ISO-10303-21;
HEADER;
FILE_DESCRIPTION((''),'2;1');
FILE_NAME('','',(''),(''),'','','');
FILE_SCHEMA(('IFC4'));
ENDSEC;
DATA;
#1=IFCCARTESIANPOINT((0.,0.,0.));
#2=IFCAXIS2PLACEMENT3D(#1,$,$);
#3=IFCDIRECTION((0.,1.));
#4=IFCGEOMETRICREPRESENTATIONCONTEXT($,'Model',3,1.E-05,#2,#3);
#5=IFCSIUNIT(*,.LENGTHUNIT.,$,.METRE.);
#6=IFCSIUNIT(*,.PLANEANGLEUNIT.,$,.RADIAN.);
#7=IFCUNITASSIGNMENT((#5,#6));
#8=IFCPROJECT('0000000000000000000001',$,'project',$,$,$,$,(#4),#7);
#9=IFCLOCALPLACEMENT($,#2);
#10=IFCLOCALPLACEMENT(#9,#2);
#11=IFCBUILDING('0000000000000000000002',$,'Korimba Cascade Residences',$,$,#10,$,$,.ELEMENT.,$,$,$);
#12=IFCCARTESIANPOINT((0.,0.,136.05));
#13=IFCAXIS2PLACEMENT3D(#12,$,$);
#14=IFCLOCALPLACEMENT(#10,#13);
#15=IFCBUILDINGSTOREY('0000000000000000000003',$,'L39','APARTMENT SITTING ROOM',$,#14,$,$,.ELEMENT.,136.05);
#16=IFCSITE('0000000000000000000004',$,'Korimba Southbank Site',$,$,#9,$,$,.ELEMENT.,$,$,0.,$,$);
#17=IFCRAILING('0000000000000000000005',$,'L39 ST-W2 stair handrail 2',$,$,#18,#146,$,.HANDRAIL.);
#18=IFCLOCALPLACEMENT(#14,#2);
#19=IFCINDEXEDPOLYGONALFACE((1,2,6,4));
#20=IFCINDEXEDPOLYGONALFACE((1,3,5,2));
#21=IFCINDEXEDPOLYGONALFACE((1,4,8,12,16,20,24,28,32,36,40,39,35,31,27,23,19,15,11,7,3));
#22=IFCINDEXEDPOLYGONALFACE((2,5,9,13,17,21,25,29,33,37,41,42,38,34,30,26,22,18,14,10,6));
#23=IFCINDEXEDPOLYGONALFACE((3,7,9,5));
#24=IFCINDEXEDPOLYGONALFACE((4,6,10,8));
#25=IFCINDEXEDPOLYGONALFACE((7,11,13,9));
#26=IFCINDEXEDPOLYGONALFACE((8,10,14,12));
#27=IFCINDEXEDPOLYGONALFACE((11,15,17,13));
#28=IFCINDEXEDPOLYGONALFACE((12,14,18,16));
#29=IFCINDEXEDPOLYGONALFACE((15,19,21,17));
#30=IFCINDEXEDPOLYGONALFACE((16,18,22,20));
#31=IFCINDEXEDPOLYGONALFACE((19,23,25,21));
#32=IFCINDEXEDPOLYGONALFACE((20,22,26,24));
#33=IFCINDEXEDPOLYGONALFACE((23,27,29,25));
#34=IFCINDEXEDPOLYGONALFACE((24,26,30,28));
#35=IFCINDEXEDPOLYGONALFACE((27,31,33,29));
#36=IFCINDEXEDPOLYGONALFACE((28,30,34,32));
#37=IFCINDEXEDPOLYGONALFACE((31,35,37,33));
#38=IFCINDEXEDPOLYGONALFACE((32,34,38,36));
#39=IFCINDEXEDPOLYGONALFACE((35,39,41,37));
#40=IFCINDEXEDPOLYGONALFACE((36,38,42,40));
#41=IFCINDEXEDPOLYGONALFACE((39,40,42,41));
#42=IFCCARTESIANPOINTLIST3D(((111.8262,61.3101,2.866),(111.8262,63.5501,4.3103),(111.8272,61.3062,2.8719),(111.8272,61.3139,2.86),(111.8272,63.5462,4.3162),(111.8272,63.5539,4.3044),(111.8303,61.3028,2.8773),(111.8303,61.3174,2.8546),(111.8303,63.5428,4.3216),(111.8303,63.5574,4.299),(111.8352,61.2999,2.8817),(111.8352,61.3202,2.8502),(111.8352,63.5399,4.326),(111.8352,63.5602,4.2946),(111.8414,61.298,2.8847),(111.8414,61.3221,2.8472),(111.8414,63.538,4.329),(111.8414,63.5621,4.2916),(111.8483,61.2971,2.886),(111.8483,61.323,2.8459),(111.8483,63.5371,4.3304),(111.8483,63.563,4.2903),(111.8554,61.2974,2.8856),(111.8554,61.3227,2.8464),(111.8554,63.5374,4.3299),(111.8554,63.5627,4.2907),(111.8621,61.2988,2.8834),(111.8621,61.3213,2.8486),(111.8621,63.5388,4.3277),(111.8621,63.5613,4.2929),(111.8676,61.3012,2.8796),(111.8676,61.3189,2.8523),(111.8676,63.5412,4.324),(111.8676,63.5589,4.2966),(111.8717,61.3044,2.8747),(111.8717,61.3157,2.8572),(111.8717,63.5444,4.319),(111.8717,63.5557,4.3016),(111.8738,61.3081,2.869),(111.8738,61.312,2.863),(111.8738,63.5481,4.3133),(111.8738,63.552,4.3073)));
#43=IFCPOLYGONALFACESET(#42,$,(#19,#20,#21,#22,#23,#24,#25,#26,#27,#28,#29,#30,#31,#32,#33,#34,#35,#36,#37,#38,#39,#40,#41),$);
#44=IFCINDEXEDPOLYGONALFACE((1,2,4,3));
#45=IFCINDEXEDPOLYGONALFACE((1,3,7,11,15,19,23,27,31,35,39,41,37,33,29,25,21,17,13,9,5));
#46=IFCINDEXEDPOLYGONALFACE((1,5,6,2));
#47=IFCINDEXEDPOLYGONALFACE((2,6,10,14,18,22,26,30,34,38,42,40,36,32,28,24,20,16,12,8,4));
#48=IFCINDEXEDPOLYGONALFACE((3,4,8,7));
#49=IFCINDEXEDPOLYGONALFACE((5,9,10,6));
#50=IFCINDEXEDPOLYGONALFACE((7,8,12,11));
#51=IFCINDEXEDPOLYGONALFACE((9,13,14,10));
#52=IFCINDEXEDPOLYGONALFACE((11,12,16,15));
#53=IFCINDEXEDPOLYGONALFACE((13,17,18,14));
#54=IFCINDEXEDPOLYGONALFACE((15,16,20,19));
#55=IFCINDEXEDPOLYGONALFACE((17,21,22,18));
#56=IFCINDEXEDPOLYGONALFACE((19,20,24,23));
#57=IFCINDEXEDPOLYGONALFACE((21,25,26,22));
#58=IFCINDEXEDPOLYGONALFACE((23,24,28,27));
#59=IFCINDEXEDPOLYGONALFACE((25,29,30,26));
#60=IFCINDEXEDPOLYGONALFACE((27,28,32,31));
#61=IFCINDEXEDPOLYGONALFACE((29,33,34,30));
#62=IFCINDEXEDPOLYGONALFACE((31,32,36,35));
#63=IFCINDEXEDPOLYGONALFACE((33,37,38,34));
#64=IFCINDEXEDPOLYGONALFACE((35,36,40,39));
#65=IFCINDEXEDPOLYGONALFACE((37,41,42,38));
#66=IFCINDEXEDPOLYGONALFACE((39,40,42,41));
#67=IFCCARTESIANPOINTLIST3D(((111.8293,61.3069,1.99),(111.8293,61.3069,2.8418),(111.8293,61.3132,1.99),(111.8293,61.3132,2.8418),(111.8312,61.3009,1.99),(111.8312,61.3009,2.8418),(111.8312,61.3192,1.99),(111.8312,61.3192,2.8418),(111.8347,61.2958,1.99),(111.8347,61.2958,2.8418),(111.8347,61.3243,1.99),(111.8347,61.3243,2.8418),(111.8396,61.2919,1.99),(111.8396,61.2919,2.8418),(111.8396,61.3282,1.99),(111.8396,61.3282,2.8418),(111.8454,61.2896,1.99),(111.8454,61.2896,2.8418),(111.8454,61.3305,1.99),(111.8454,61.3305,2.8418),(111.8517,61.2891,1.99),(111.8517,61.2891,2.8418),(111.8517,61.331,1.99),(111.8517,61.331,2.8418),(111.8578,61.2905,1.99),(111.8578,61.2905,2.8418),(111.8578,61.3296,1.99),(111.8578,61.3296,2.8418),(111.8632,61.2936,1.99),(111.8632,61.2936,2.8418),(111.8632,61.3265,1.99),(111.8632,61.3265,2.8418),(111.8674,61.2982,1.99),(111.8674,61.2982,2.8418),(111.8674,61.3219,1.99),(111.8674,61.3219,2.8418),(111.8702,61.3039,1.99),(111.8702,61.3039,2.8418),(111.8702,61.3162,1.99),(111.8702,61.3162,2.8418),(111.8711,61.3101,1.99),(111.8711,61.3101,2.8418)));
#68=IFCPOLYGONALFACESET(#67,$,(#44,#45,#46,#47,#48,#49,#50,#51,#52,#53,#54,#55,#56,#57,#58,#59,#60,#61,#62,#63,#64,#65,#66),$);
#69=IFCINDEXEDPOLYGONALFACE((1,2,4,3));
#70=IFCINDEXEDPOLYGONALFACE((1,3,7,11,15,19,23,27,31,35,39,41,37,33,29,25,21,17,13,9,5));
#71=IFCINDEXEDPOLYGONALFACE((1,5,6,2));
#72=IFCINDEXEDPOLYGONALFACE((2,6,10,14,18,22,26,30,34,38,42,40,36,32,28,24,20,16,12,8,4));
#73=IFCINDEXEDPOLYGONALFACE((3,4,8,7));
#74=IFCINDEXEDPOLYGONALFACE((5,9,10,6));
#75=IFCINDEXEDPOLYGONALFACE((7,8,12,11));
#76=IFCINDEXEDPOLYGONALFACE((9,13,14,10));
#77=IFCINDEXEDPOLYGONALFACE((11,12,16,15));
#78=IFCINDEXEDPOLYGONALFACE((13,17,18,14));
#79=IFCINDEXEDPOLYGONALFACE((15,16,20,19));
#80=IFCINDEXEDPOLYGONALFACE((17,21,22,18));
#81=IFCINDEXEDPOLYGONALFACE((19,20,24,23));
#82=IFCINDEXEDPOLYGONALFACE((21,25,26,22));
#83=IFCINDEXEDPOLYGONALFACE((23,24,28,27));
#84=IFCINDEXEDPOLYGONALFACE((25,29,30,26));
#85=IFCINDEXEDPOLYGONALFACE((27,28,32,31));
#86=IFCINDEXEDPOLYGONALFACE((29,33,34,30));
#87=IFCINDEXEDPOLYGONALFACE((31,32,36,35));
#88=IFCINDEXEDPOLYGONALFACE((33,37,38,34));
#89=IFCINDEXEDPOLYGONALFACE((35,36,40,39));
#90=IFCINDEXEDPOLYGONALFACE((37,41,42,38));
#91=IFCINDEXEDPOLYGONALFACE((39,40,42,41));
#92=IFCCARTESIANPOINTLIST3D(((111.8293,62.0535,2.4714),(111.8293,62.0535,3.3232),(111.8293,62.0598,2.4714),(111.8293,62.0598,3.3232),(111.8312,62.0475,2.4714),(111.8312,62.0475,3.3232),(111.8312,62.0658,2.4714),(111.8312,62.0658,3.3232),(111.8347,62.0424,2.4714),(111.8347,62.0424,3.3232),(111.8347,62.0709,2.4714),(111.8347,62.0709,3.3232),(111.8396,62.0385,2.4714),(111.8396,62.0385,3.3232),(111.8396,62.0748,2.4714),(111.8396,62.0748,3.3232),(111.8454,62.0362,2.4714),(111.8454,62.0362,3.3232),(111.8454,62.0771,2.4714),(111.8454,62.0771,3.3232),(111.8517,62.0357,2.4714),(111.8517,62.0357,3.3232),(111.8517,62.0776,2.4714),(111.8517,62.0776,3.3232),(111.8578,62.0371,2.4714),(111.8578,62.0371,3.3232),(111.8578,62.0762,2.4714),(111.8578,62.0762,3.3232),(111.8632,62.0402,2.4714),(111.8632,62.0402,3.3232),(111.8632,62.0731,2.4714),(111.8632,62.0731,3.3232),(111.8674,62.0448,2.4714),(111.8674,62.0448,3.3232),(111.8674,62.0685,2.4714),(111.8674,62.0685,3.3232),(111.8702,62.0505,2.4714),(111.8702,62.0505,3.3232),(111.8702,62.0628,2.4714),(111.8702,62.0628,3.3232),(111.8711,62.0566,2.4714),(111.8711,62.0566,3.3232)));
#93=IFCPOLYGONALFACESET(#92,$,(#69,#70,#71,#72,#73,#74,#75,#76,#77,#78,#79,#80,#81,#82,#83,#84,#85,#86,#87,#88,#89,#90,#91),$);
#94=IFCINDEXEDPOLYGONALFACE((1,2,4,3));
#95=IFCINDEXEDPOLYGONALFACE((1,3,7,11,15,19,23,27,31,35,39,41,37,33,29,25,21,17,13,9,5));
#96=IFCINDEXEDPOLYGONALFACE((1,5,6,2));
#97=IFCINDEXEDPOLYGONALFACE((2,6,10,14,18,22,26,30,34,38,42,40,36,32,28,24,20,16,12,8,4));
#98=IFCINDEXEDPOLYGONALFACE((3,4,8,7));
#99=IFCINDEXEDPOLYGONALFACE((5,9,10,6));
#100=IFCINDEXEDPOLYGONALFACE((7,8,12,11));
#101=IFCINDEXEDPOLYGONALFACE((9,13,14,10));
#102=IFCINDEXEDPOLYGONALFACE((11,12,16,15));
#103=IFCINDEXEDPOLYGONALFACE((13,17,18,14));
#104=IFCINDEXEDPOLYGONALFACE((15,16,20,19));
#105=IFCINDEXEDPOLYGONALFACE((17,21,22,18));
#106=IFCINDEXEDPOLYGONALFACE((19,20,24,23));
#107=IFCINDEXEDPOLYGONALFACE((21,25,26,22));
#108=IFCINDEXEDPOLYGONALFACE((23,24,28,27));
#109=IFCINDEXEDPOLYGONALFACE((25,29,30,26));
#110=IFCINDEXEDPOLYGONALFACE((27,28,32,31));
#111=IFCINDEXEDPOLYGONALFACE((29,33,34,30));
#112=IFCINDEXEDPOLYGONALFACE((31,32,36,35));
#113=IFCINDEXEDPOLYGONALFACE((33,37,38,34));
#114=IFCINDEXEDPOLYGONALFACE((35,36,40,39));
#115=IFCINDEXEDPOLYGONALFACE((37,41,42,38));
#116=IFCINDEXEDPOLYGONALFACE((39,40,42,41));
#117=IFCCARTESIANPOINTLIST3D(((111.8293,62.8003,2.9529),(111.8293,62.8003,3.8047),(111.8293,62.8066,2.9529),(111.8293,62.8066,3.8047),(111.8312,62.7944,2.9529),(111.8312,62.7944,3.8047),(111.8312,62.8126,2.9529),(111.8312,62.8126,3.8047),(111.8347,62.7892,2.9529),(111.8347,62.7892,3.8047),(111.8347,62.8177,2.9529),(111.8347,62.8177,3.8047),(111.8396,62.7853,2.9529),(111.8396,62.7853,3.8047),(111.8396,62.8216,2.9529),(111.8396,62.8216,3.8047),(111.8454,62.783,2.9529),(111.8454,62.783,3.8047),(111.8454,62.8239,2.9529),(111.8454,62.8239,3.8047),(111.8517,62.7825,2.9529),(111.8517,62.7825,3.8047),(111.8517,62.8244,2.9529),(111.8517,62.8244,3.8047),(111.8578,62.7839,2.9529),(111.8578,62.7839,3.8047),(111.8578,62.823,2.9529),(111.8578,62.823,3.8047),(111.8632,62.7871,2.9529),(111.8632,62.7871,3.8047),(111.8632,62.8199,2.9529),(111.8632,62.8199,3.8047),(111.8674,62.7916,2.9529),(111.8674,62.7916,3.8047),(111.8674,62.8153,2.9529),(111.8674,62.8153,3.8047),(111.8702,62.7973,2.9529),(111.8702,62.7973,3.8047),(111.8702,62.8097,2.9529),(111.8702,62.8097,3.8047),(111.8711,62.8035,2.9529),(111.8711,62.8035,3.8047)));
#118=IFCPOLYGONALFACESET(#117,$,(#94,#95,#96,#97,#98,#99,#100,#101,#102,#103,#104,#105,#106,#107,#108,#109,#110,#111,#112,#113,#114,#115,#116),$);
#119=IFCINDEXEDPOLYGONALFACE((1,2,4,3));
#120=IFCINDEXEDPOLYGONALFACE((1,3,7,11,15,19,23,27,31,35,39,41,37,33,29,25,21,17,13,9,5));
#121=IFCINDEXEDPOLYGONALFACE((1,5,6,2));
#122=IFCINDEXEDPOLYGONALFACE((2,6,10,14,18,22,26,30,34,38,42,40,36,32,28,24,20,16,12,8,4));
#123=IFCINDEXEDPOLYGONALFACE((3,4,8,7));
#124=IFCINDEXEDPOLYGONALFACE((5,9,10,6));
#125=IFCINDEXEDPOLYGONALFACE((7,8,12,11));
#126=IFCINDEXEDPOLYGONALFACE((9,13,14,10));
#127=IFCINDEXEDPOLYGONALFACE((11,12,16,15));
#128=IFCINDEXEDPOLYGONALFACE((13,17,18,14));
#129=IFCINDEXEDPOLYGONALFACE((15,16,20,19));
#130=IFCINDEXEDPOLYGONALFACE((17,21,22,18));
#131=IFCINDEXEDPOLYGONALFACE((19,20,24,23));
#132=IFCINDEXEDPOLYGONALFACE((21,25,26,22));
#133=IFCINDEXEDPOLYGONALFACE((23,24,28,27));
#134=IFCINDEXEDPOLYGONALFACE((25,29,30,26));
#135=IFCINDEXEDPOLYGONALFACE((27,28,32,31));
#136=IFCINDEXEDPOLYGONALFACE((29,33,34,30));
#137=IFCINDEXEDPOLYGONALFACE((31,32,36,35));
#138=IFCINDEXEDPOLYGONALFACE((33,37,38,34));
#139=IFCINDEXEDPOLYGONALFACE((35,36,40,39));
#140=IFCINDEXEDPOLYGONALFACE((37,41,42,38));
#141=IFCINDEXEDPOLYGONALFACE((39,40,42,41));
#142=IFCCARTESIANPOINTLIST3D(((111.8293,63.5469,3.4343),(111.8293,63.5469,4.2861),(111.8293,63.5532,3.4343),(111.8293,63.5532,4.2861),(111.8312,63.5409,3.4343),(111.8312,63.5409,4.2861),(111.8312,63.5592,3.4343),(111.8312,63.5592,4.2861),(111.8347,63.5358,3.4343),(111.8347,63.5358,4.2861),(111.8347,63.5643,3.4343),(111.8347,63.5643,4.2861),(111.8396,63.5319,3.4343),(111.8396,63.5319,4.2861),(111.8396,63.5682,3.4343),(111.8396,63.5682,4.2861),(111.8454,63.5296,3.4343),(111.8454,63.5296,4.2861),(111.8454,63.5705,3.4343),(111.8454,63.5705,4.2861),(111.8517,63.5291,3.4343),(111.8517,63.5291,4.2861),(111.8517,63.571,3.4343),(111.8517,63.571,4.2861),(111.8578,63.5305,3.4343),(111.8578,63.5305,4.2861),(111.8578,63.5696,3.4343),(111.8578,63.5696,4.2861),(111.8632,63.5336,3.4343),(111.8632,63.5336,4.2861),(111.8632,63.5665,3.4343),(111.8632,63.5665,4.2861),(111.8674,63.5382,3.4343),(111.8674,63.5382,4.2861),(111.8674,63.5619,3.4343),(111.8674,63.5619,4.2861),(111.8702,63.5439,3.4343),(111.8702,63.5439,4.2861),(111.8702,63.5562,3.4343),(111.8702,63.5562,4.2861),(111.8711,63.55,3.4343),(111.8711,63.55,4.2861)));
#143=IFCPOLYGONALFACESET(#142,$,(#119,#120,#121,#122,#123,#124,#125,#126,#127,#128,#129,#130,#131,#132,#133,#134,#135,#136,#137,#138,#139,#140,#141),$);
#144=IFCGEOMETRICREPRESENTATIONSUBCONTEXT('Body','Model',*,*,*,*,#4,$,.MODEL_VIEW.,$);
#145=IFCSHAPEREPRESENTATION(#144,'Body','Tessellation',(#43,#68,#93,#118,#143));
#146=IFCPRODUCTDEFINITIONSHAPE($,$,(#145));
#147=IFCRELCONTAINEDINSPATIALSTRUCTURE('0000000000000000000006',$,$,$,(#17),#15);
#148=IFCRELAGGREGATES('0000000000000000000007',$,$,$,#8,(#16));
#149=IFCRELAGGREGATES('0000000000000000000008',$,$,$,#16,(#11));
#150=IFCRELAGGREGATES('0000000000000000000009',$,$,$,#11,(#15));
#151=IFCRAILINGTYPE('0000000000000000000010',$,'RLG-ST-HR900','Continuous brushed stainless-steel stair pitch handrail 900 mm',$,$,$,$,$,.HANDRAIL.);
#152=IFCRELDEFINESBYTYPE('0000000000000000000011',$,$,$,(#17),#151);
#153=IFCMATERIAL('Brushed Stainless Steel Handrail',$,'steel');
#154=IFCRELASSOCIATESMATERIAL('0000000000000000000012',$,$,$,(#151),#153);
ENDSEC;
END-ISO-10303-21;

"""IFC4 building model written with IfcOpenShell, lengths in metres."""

from ifc_helpers import new_model, si_unit, direction, frame, origin, origin_2d, place, context, subcontext, project, spatial, circle, extrude, material, type_object, element, save


model = new_model("IFC4")

# Units and contexts
model_context = context("Model", 3, precision=1e-05, world=origin(), true_north=direction((0.0, 1.0)))
body_context = subcontext(model_context, "Body", "Model", "MODEL_VIEW")
ifc_project = project(units=[si_unit("LENGTHUNIT", "METRE"), si_unit("PLANEANGLEUNIT", "RADIAN")], contexts=[model_context])

# Site, building, storey
site_placement = place(None, origin())
site = spatial("IfcSite", under=ifc_project, at=site_placement, Name="Korimba Southbank Site", CompositionType="ELEMENT", RefElevation=0.0)
building_placement = place(site_placement, origin())
building = spatial("IfcBuilding", under=site, at=building_placement, Name="Korimba Cascade Residences", CompositionType="ELEMENT")
storey_placement = place(building_placement, frame((0.0, 0.0, 136.05)))
storey = spatial("IfcBuildingStorey", under=building, at=storey_placement, Name="L39", Description="APARTMENT SITTING ROOM", CompositionType="ELEMENT", Elevation=136.05)

# Railing
ifc_material_1 = material(Name="Brushed Stainless Steel Handrail", Category="steel")
railing_type_1 = type_object("IfcRailingType", Name="RLG-ST-HR900", Description="Continuous brushed stainless-steel stair pitch handrail 900 mm", PredefinedType="HANDRAIL", material=ifc_material_1)
railing_1_placement = place(storey_placement, frame((111.8501, 61.3101, 1.99)))
element("IfcRailing", 1, at=railing_1_placement, inside=storey, type_object=railing_type_1, Name="L39 ST-W2 stair handrail 2", PredefinedType="HANDRAIL", context=body_context, shape_type="SweptSolid", body=[
    extrude(circle(Radius=0.0239, at=origin_2d()), frame((0.0, 0.0, 0.876), z_axis=(0.0, 0.840437, 0.54191), x_axis=(-1.0, 0.0, 0.0)), (0.0, 0.0, 1.0), 2.6653),
    extrude(circle(Radius=0.021, at=origin_2d()), origin(), (0.0, 0.0, 1.0), 0.8518),
    extrude(circle(Radius=0.021, at=origin_2d()), frame((0.0, 0.7466, 0.4814)), (0.0, 0.0, 1.0), 0.8518),
    extrude(circle(Radius=0.021, at=origin_2d()), frame((0.0, 1.4934, 0.9629)), (0.0, 0.0, 1.0), 0.8518),
    extrude(circle(Radius=0.021, at=origin_2d()), frame((0.0, 2.24, 1.4443)), (0.0, 0.0, 1.0), 0.8518),
])

save(model, "model.ifc")
